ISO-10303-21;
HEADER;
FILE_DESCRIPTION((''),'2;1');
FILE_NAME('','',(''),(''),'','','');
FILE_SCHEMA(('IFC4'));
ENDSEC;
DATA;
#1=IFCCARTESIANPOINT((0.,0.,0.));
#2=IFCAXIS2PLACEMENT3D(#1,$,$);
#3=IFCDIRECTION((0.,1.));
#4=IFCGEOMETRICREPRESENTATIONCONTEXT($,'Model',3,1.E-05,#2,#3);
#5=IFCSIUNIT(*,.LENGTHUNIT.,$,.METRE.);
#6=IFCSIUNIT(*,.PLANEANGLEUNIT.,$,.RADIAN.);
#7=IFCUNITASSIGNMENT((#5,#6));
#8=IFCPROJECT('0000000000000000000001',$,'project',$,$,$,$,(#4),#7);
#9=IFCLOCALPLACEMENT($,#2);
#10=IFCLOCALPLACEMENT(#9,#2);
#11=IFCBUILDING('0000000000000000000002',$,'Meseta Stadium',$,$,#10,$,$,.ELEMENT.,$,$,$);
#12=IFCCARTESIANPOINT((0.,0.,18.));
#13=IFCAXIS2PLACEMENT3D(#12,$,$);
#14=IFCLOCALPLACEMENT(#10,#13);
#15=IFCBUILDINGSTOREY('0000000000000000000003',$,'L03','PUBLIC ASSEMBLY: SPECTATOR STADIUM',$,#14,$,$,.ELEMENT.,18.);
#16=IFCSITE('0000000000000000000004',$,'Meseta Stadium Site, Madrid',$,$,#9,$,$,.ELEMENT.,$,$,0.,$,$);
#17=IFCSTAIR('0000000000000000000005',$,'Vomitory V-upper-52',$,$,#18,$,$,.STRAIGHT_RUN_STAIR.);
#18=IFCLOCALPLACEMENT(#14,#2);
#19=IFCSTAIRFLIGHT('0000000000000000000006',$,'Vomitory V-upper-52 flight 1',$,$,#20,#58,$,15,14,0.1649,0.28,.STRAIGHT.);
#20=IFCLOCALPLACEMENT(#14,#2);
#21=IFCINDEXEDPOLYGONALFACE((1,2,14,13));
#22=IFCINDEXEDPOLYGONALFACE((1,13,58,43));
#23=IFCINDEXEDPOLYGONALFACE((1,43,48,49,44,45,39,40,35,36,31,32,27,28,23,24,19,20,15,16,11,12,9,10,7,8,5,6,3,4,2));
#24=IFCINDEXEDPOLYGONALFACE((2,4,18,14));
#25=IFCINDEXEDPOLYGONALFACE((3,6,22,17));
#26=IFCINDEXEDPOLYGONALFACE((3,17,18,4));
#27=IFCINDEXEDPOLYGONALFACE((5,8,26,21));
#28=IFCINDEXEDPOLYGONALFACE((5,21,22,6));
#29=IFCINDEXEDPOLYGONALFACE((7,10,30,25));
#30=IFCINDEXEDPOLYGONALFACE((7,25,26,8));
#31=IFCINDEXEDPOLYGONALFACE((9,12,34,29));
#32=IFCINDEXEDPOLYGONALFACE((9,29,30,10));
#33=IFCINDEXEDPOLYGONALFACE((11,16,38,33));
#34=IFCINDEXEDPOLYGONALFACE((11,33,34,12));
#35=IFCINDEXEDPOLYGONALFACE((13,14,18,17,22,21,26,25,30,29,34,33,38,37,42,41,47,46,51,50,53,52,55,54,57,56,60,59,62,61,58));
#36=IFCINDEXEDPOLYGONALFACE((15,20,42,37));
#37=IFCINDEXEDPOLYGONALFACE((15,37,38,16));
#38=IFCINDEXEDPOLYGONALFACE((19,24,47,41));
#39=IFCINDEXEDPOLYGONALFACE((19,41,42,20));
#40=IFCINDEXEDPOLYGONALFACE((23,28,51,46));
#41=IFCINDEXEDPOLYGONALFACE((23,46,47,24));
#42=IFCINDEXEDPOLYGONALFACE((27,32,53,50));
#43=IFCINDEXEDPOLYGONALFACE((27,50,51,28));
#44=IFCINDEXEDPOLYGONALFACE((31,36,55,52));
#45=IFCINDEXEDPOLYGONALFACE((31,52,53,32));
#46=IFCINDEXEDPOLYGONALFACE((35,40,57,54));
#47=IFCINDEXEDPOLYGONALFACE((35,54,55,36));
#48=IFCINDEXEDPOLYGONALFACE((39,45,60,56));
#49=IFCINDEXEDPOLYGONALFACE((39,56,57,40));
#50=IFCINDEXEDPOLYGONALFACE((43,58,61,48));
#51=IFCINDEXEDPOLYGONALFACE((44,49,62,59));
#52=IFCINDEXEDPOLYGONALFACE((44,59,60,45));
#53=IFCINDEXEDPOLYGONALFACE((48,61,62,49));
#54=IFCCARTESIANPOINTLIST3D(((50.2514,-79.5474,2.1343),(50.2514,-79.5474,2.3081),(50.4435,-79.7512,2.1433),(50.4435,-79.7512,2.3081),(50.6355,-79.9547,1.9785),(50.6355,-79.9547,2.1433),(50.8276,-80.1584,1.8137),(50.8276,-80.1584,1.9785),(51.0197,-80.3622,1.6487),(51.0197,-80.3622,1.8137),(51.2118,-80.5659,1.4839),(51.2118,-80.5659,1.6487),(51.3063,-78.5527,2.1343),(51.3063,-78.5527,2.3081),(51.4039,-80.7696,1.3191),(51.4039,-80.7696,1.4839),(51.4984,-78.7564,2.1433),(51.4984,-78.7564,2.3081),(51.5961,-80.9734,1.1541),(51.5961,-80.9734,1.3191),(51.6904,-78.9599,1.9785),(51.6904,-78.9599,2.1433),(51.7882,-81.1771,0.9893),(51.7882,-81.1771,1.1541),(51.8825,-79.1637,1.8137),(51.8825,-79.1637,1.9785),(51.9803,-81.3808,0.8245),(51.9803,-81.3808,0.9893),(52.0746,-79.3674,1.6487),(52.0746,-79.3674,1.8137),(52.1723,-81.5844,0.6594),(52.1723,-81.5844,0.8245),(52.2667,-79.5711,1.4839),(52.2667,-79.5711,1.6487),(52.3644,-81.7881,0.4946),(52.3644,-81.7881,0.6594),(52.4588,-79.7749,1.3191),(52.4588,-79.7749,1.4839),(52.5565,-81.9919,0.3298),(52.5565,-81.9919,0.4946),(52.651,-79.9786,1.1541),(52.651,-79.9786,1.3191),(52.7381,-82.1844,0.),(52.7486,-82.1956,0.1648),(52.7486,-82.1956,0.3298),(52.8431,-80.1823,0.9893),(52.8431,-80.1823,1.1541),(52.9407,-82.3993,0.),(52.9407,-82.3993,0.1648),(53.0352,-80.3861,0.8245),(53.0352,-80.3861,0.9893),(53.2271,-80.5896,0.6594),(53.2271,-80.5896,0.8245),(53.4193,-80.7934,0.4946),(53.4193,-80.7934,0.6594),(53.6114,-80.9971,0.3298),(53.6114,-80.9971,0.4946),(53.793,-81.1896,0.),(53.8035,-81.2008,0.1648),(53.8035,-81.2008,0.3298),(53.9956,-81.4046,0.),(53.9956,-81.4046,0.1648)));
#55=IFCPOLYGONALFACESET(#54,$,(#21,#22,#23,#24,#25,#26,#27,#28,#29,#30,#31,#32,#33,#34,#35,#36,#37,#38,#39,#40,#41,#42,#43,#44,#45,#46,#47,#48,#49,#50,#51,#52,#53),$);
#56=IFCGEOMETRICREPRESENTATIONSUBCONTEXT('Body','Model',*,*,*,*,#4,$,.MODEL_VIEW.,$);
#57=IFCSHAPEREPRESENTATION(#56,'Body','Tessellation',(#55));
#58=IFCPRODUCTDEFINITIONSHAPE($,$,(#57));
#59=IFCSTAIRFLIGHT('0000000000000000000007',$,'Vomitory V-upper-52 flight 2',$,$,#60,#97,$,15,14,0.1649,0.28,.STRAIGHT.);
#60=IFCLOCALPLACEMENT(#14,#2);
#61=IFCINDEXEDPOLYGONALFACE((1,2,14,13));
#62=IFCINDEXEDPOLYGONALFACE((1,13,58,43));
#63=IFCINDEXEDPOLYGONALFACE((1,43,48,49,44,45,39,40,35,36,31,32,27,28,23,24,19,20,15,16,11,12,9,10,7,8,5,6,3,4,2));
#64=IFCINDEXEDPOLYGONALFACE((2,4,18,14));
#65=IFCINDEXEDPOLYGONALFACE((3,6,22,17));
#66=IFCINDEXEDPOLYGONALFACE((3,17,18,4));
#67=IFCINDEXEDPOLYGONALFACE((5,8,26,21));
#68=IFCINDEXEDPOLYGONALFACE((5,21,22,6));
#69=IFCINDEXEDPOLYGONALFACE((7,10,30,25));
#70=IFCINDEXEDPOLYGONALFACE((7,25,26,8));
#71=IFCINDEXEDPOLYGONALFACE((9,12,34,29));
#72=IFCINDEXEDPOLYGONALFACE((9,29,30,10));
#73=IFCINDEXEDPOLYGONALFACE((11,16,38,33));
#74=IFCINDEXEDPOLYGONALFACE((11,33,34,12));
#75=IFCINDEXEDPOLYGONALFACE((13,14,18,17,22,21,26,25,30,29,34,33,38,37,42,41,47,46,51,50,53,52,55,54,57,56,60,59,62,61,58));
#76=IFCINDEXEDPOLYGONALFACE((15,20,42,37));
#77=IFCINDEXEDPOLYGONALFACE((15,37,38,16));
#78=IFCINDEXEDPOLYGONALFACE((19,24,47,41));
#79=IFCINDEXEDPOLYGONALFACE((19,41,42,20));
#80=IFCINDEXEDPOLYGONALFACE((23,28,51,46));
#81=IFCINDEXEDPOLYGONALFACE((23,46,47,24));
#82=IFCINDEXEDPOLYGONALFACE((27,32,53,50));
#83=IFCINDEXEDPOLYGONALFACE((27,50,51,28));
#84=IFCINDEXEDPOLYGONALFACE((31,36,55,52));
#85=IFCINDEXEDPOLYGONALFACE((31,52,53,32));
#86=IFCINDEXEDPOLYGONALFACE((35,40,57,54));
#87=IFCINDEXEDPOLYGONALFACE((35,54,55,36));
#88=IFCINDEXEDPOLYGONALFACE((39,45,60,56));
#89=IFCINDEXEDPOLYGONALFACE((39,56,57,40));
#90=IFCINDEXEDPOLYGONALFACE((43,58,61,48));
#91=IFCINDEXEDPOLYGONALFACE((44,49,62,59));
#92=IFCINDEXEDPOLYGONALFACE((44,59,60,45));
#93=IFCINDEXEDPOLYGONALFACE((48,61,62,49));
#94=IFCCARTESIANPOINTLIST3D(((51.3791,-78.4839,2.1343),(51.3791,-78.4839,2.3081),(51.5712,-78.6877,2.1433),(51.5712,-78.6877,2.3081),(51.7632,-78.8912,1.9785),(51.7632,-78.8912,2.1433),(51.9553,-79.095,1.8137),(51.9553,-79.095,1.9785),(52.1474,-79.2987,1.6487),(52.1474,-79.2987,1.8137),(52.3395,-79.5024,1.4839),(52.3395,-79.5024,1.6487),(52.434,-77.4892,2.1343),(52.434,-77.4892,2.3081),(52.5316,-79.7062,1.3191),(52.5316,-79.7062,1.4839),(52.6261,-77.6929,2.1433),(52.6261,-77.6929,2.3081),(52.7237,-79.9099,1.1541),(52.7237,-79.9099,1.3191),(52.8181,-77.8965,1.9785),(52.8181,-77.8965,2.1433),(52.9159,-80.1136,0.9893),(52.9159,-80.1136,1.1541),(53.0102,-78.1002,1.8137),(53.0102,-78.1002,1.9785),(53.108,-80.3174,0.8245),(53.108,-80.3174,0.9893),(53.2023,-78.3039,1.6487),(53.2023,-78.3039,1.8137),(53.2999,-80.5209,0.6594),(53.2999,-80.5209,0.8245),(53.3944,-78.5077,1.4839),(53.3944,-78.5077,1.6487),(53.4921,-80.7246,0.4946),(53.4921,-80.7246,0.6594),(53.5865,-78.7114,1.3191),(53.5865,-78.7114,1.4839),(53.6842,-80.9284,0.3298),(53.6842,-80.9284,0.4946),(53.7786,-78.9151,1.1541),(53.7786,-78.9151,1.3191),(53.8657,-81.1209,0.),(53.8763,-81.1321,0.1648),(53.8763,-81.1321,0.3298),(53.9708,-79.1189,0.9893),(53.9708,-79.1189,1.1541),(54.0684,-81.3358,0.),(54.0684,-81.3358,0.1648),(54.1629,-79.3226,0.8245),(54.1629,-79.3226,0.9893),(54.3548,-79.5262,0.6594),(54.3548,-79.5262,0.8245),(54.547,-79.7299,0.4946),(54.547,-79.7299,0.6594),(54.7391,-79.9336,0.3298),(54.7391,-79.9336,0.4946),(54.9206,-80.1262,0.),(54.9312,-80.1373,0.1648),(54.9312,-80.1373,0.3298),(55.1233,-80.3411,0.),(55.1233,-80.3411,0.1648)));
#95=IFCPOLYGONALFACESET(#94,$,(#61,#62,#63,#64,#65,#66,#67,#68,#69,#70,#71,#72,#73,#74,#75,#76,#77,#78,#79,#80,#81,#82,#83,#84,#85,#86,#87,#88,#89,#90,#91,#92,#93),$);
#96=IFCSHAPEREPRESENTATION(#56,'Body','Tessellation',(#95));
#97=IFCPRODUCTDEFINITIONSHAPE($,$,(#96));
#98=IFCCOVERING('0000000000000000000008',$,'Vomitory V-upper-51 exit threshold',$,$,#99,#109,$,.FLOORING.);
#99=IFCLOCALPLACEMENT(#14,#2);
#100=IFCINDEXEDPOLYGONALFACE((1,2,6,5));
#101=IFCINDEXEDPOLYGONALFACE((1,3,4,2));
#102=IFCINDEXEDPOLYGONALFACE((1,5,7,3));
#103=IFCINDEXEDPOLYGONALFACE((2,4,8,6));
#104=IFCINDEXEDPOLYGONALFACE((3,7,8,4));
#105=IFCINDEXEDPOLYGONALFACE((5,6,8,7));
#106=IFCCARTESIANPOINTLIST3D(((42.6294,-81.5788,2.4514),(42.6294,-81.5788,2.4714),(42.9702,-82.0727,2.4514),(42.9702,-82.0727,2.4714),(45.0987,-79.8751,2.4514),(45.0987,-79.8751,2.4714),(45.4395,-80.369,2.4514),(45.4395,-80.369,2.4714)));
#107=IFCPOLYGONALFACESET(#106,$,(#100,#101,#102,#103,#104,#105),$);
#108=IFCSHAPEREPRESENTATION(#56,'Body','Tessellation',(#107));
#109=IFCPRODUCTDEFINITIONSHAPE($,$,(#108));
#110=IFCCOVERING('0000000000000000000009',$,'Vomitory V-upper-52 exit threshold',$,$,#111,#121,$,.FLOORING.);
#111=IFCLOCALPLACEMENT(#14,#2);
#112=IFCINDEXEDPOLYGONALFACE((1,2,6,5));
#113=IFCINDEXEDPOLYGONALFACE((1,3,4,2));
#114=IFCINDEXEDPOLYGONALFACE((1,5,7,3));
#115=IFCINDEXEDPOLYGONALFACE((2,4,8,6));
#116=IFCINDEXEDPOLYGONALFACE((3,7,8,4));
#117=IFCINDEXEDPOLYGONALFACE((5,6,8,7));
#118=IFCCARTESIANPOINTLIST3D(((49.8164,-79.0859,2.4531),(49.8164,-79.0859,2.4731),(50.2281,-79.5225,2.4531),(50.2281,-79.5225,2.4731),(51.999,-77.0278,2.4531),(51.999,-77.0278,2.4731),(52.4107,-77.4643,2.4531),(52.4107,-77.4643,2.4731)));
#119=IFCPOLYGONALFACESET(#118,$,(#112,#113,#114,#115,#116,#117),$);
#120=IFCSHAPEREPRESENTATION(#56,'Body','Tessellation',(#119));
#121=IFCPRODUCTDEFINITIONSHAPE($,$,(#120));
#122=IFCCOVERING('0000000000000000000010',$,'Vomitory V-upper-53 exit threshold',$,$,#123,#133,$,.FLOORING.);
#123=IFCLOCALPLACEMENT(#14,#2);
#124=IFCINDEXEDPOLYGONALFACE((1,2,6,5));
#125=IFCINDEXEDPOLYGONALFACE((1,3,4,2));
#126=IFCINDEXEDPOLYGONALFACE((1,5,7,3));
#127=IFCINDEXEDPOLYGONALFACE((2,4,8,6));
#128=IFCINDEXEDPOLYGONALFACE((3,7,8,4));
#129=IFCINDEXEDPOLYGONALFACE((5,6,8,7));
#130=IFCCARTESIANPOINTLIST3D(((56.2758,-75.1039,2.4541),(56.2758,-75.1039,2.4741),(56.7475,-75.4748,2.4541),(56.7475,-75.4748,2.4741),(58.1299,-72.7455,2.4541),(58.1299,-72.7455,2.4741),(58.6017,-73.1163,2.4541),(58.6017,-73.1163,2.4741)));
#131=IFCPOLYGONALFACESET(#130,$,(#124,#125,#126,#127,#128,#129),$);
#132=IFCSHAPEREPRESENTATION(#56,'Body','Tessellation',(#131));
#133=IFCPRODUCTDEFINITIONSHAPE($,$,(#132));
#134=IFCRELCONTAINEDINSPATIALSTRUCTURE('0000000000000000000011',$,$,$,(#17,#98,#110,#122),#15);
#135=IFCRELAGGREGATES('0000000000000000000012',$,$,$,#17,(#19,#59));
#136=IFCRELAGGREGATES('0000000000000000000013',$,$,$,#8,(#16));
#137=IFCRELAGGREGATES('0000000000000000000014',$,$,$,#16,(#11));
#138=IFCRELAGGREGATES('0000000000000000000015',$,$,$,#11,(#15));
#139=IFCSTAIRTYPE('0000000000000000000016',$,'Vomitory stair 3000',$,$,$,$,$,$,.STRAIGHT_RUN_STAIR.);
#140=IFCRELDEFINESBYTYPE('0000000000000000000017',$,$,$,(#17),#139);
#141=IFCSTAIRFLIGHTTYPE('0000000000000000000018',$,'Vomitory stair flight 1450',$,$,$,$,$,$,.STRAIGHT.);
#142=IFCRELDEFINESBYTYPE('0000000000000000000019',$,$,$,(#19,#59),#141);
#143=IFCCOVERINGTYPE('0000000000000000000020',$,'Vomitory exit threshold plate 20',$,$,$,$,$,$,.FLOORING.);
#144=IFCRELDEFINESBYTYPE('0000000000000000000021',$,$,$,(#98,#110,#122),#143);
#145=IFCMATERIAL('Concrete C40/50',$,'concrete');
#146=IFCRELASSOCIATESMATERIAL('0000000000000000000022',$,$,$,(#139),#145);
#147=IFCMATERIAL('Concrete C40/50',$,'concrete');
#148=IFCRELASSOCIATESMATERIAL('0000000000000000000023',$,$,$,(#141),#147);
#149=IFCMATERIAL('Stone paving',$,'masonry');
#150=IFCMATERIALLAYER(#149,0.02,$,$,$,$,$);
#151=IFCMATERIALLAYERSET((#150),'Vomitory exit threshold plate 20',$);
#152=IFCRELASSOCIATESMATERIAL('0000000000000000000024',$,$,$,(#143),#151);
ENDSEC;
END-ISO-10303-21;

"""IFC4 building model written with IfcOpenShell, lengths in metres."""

from ifc_helpers import new_model, si_unit, direction, frame, origin, origin_2d, place, context, subcontext, project, spatial, polyline, rectangle, outline, extrude, material, layer, layer_set, type_object, element, aggregate, save


model = new_model("IFC4")

# Units and contexts
model_context = context("Model", 3, precision=1e-05, world=origin(), true_north=direction((0.0, 1.0)))
body_context = subcontext(model_context, "Body", "Model", "MODEL_VIEW")
ifc_project = project(units=[si_unit("LENGTHUNIT", "METRE"), si_unit("PLANEANGLEUNIT", "RADIAN")], contexts=[model_context])

# Site, building, storey
site_placement = place(None, origin())
site = spatial("IfcSite", under=ifc_project, at=site_placement, Name="Meseta Stadium Site, Madrid", CompositionType="ELEMENT", RefElevation=0.0)
building_placement = place(site_placement, origin())
building = spatial("IfcBuilding", under=site, at=building_placement, Name="Meseta Stadium", CompositionType="ELEMENT")
storey_placement = place(building_placement, frame((0.0, 0.0, 18.0)))
storey = spatial("IfcBuildingStorey", under=building, at=storey_placement, Name="L03", Description="PUBLIC ASSEMBLY: SPECTATOR STADIUM", CompositionType="ELEMENT", Elevation=18.0)

# Stair, stair flights
ifc_material_1 = material(Name="Concrete C40/50", Category="concrete")
stair_type = type_object("IfcStairType", Name="Vomitory stair 3000", PredefinedType="STRAIGHT_RUN_STAIR", material=ifc_material_1)
stair_placement = place(storey_placement, origin())
stair = element("IfcStair", 1, at=stair_placement, inside=storey, type_object=stair_type, Name="Vomitory V-upper-52", PredefinedType="STRAIGHT_RUN_STAIR")
ifc_material_2 = material(Name="Concrete C40/50", Category="concrete")
stair_flight_type = type_object("IfcStairFlightType", Name="Vomitory stair flight 1450", PredefinedType="STRAIGHT", material=ifc_material_2)
stair_flight_1_placement = place(storey_placement, frame((53.4683, -81.9019, 0.0), z_axis=(0.0, 0.0, 1.0), x_axis=(-0.686065, 0.727541, 0.0)))
stair_flight_1 = element("IfcStairFlight", 2, at=stair_flight_1_placement, type_object=stair_flight_type, Name="Vomitory V-upper-52 flight 1", NumberOfRisers=15, NumberOfTreads=14, PredefinedType="STRAIGHT", RiserHeight=0.1649, TreadLength=0.28, context=body_context, shape_type="SweptSolid", body=[
    extrude(outline(polyline([(0.0, 0.0), (0.0, 0.1648), (0.28, 0.1648), (0.28, 0.3298), (0.5601, 0.3298), (0.5601, 0.4946), (0.8401, 0.4946), (0.8401, 0.6594), (1.1201, 0.6594), (1.1201, 0.8245), (1.3999, 0.8245), (1.3999, 0.9893), (1.6799, 0.9893), (1.6799, 1.1541), (1.96, 1.1541), (1.96, 1.3191), (2.24, 1.3191), (2.24, 1.4839), (2.52, 1.4839), (2.52, 1.6487), (2.8, 1.6487), (2.8, 1.8137), (3.0801, 1.8137), (3.0801, 1.9785), (3.3601, 1.9785), (3.3601, 2.1433), (3.6399, 2.1433), (3.6399, 2.3081), (3.9199, 2.3081), (3.9199, 2.1343), (0.2954, 0.0), (0.0, 0.0)])), frame((0.0, 0.7251, 0.0), z_axis=(0.0, -1.0, 0.0), x_axis=(1.0, 0.0, 0.0)), (0.0, 0.0, 1.0), 1.45),
])
stair_flight_2_placement = place(storey_placement, frame((54.5959, -80.8384, 0.0), z_axis=(0.0, 0.0, 1.0), x_axis=(-0.686065, 0.727541, 0.0)))
stair_flight_2 = element("IfcStairFlight", 3, at=stair_flight_2_placement, type_object=stair_flight_type, Name="Vomitory V-upper-52 flight 2", NumberOfRisers=15, NumberOfTreads=14, PredefinedType="STRAIGHT", RiserHeight=0.1649, TreadLength=0.28, context=body_context, shape_type="SweptSolid", body=[
    extrude(outline(polyline([(0.0, 0.0), (0.0, 0.1648), (0.28, 0.1648), (0.28, 0.3298), (0.5601, 0.3298), (0.5601, 0.4946), (0.8401, 0.4946), (0.8401, 0.6594), (1.1201, 0.6594), (1.1201, 0.8245), (1.3999, 0.8245), (1.3999, 0.9893), (1.6799, 0.9893), (1.6799, 1.1541), (1.96, 1.1541), (1.96, 1.3191), (2.24, 1.3191), (2.24, 1.4839), (2.52, 1.4839), (2.52, 1.6487), (2.8, 1.6487), (2.8, 1.8137), (3.0801, 1.8137), (3.0801, 1.9785), (3.3601, 1.9785), (3.3601, 2.1433), (3.6399, 2.1433), (3.6399, 2.3081), (3.9199, 2.3081), (3.9199, 2.1343), (0.2954, 0.0), (0.0, 0.0)])), frame((0.0, 0.7251, 0.0), z_axis=(0.0, -1.0, 0.0), x_axis=(1.0, 0.0, 0.0)), (0.0, 0.0, 1.0), 1.45),
])
aggregate(stair, [stair_flight_1, stair_flight_2])

# Coverings
ifc_material_3 = material(Name="Stone paving", Category="masonry")
ifc_layer_1 = layer(ifc_material_3, 0.02)
ifc_layer_set_1 = layer_set([ifc_layer_1], Name="Vomitory exit threshold plate 20")
covering_type = type_object("IfcCoveringType", Name="Vomitory exit threshold plate 20", PredefinedType="FLOORING", material=ifc_layer_set_1)
for number, where, z_axis, x_axis, name in (
    (4, (44.0344, -80.9739, 2.4514), (0.0, 0.0, 1.0), (-0.5679, 0.823098, 0.0), "Vomitory V-upper-51 exit threshold"),
    (5, (51.1135, -78.2751, 2.4531), (0.0, 0.0, 1.0), (-0.686065, 0.727541, 0.0), "Vomitory V-upper-52 exit threshold"),
    (6, (57.4387, -74.1101, 2.4541), (0.0, 0.0, 1.0), (-0.786142, 0.618046, 0.0), "Vomitory V-upper-53 exit threshold"),
):
    element("IfcCovering", number, at=place(storey_placement, frame(where, z_axis=z_axis, x_axis=x_axis)), inside=storey, type_object=covering_type, Name=name, PredefinedType="FLOORING", context=body_context, shape_type="SweptSolid", body=[
        extrude(rectangle(XDim=0.6001, YDim=3.0, at=origin_2d()), origin(), (0.0, 0.0, 1.0), 0.02),
    ])

save(model, "model.ifc")
